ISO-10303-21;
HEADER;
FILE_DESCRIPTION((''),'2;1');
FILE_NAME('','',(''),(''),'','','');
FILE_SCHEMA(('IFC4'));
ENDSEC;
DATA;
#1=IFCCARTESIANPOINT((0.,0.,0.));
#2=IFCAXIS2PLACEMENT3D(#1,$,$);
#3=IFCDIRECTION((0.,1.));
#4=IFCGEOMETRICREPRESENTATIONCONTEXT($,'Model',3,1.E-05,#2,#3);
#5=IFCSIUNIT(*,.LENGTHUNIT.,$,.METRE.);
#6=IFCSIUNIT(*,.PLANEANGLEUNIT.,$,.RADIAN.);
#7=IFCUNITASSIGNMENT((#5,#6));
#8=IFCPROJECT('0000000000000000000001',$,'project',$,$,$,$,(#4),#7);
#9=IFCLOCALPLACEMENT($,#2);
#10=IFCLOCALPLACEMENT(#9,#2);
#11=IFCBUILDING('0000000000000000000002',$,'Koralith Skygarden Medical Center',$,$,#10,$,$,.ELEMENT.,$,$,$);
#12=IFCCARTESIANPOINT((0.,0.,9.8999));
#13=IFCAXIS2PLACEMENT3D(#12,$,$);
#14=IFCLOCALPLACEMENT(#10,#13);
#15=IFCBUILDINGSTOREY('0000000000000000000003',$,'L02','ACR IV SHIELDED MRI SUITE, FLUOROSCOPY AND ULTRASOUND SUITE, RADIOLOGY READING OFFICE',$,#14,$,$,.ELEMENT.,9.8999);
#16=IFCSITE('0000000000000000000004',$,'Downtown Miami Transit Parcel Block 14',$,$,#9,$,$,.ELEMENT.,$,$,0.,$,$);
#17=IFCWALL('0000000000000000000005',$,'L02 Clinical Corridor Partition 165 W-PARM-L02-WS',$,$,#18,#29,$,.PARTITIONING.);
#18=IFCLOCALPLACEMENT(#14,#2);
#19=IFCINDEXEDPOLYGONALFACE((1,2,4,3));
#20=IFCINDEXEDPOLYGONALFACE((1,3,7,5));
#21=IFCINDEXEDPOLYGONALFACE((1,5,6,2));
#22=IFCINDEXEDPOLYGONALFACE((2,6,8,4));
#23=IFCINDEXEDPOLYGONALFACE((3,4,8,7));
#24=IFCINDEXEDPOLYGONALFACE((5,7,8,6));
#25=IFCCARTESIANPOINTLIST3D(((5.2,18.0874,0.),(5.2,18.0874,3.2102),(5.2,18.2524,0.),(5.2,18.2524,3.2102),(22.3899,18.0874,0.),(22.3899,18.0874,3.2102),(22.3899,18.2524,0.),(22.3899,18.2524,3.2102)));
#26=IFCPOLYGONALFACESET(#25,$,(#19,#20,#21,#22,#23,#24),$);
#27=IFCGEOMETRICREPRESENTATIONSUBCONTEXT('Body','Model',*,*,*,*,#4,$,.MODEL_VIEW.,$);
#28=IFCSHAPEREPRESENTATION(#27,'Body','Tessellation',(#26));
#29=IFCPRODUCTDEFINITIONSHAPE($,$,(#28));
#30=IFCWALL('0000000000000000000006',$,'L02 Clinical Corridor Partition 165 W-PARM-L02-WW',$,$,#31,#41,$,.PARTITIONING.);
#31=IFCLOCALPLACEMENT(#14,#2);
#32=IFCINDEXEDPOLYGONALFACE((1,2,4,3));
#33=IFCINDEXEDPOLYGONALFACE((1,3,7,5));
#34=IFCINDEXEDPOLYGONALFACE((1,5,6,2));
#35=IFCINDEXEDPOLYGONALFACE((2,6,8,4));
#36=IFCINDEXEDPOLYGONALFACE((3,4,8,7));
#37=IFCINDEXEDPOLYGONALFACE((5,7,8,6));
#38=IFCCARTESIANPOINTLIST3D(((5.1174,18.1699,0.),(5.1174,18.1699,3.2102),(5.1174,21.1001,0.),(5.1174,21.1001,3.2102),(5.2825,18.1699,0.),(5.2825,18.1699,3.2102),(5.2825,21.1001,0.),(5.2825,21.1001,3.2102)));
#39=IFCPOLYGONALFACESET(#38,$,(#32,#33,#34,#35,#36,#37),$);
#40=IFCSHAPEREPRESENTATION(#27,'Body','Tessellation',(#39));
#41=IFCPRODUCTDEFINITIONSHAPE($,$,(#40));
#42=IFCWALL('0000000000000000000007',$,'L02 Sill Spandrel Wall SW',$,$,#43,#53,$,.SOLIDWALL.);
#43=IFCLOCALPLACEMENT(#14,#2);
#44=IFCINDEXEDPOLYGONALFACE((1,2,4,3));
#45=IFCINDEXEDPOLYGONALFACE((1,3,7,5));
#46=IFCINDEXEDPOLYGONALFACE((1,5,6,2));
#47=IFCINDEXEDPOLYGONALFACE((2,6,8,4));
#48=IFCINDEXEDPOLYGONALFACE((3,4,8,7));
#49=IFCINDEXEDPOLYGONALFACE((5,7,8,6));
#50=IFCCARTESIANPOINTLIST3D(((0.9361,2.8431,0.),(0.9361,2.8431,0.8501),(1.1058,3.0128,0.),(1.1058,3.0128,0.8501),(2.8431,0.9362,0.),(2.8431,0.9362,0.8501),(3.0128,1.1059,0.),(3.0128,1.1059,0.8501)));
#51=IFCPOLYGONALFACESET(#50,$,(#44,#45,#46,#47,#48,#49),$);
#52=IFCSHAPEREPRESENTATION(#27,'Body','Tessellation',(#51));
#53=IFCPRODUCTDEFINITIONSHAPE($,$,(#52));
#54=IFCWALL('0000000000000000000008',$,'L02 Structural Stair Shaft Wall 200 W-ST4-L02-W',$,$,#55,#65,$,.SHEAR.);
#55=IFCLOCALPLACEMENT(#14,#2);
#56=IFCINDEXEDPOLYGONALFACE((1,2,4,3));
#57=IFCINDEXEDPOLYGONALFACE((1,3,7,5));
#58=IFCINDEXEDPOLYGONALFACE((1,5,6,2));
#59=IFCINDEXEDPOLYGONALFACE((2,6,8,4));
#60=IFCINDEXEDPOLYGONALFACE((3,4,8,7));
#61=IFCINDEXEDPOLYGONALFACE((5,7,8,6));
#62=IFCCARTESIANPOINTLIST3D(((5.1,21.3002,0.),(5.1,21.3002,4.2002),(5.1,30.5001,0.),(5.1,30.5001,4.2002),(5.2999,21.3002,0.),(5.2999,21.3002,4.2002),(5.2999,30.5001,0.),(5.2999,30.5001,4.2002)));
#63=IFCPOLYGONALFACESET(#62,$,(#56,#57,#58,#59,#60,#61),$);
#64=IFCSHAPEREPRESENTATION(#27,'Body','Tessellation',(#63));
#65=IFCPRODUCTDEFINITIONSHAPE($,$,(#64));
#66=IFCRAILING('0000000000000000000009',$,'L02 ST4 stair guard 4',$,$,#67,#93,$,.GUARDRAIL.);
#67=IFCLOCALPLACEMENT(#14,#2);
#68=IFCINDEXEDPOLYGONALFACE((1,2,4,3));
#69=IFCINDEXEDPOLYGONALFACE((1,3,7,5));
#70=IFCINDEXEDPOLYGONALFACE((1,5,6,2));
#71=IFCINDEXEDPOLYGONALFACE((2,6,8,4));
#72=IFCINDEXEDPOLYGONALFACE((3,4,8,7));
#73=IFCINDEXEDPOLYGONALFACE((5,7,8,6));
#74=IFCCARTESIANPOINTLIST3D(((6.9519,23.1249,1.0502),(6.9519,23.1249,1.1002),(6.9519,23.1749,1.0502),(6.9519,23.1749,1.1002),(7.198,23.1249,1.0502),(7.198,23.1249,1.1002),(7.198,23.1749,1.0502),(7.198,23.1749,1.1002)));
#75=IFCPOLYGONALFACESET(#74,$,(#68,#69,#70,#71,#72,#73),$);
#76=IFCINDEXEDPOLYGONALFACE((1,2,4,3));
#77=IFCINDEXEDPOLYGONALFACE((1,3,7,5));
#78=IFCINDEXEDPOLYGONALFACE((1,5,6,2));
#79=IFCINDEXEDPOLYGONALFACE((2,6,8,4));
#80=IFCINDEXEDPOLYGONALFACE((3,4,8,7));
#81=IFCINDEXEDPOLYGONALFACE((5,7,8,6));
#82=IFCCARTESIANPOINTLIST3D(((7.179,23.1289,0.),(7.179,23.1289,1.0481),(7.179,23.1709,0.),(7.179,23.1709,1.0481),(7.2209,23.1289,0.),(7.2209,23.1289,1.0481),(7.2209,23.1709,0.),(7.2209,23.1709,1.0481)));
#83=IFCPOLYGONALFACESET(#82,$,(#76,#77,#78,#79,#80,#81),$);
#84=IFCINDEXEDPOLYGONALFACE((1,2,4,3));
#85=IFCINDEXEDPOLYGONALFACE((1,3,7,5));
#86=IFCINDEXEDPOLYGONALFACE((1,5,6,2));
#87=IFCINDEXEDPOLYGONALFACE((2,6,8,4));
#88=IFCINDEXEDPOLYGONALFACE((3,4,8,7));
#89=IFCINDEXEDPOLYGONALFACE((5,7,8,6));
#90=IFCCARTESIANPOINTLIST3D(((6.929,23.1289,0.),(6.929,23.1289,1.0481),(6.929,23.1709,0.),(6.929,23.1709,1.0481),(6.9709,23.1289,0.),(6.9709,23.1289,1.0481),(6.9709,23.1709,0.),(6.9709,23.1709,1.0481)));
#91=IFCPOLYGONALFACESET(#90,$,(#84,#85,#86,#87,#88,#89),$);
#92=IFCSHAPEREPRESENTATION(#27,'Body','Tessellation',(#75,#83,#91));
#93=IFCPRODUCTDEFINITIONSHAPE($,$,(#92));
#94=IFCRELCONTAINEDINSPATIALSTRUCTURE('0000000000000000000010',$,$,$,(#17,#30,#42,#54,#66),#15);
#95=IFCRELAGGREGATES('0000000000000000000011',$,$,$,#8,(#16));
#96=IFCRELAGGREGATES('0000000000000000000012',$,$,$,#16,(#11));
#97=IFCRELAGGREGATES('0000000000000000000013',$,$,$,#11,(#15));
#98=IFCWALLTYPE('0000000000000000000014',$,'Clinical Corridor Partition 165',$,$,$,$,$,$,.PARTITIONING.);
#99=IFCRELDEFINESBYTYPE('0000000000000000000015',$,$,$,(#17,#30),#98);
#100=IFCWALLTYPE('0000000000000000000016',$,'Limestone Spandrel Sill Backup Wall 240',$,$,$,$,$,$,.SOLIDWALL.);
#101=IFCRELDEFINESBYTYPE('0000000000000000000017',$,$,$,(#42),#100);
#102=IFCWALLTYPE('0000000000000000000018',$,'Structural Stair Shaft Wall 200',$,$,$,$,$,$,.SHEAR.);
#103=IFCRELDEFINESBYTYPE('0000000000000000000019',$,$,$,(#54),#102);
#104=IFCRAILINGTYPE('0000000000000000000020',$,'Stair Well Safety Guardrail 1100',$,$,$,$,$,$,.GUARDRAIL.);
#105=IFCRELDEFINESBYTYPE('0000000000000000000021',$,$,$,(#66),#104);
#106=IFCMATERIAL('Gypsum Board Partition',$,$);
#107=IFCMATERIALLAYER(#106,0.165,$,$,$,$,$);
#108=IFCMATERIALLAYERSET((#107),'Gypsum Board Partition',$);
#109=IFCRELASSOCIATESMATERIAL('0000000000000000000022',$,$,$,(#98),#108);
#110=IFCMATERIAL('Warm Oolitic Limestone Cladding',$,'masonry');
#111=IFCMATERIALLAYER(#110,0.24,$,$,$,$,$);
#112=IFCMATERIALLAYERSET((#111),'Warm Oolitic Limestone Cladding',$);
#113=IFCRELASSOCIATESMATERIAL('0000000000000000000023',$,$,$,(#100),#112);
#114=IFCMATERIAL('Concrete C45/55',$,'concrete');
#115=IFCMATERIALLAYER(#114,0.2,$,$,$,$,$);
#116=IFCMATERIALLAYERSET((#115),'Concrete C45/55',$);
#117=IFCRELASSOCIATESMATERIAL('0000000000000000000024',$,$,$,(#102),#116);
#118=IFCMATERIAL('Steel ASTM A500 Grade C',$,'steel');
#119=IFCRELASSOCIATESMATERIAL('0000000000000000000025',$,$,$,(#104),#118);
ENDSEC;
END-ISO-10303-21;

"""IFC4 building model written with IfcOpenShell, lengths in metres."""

from ifc_helpers import new_model, si_unit, direction, frame, frame_2d, origin, origin_2d, place, context, subcontext, project, spatial, rectangle, extrude, material, layer, layer_set, type_object, element, save


model = new_model("IFC4")

# Units and contexts
model_context = context("Model", 3, precision=1e-05, world=origin(), true_north=direction((0.0, 1.0)))
body_context = subcontext(model_context, "Body", "Model", "MODEL_VIEW")
ifc_project = project(units=[si_unit("LENGTHUNIT", "METRE"), si_unit("PLANEANGLEUNIT", "RADIAN")], contexts=[model_context])

# Site, building, storey
site_placement = place(None, origin())
site = spatial("IfcSite", under=ifc_project, at=site_placement, Name="Downtown Miami Transit Parcel Block 14", CompositionType="ELEMENT", RefElevation=0.0)
building_placement = place(site_placement, origin())
building = spatial("IfcBuilding", under=site, at=building_placement, Name="Koralith Skygarden Medical Center", CompositionType="ELEMENT")
storey_placement = place(building_placement, frame((0.0, 0.0, 9.8999)))
storey = spatial("IfcBuildingStorey", under=building, at=storey_placement, Name="L02", Description="ACR IV SHIELDED MRI SUITE, FLUOROSCOPY AND ULTRASOUND SUITE, RADIOLOGY READING OFFICE", CompositionType="ELEMENT", Elevation=9.8999)

# Shared definitions
ifc_material_1 = material(Name="Warm Oolitic Limestone Cladding", Category="masonry")

# Walls
ifc_material_2 = material(Name="Gypsum Board Partition")
ifc_layer_1 = layer(ifc_material_2, 0.165)
ifc_layer_set_1 = layer_set([ifc_layer_1], Name="Gypsum Board Partition")
wall_type_1 = type_object("IfcWallType", Name="Clinical Corridor Partition 165", PredefinedType="PARTITIONING", material=ifc_layer_set_1)
wall_1_placement = place(storey_placement, frame((5.2, 18.1699, 0.0), z_axis=(0.0, 0.0, 1.0), x_axis=(1.0, 0.0, 0.0)))
element("IfcWall", 1, at=wall_1_placement, inside=storey, type_object=wall_type_1, Name="L02 Clinical Corridor Partition 165 W-PARM-L02-WS", PredefinedType="PARTITIONING", context=body_context, shape_type="SweptSolid", body=[
    extrude(rectangle(XDim=17.1899, YDim=0.165, at=frame_2d((8.595, 0.0))), origin(), (0.0, 0.0, 1.0), 3.2102),
])
wall_2_placement = place(storey_placement, frame((5.2, 18.1699, 0.0), z_axis=(0.0, 0.0, 1.0), x_axis=(0.0, 1.0, 0.0)))
element("IfcWall", 2, at=wall_2_placement, inside=storey, type_object=wall_type_1, Name="L02 Clinical Corridor Partition 165 W-PARM-L02-WW", PredefinedType="PARTITIONING", context=body_context, shape_type="SweptSolid", body=[
    extrude(rectangle(XDim=2.9302, YDim=0.165, at=frame_2d((1.4651, 0.0))), origin(), (0.0, 0.0, 1.0), 3.2102),
])
ifc_layer_2 = layer(ifc_material_1, 0.24)
ifc_layer_set_2 = layer_set([ifc_layer_2], Name="Warm Oolitic Limestone Cladding")
wall_type_2 = type_object("IfcWallType", Name="Limestone Spandrel Sill Backup Wall 240", PredefinedType="SOLIDWALL", material=ifc_layer_set_2)
wall_3_placement = place(storey_placement, frame((1.021, 2.928, 0.0), z_axis=(0.0, 0.0, 1.0), x_axis=(0.707107, -0.707107, 0.0)))
element("IfcWall", 3, at=wall_3_placement, inside=storey, type_object=wall_type_2, Name="L02 Sill Spandrel Wall SW", PredefinedType="SOLIDWALL", context=body_context, shape_type="SweptSolid", body=[
    extrude(rectangle(XDim=2.6968, YDim=0.24, at=frame_2d((1.3484, 0.0))), origin(), (0.0, 0.0, 1.0), 0.8501),
])

# Shared definitions
ifc_material_3 = material(Name="Concrete C45/55", Category="concrete")
ifc_layer_3 = layer(ifc_material_3, 0.2)
ifc_layer_set_3 = layer_set([ifc_layer_3], Name="Concrete C45/55")
wall_type_3 = type_object("IfcWallType", Name="Structural Stair Shaft Wall 200", PredefinedType="SHEAR", material=ifc_layer_set_3)
ifc_material_4 = material(Name="Steel ASTM A500 Grade C", Category="steel")

# Wall
wall_4_placement = place(storey_placement, frame((5.2, 21.3, 0.0), z_axis=(0.0, 0.0, 1.0), x_axis=(0.0, 1.0, 0.0)))
element("IfcWall", 4, at=wall_4_placement, inside=storey, type_object=wall_type_3, Name="L02 Structural Stair Shaft Wall 200 W-ST4-L02-W", PredefinedType="SHEAR", context=body_context, shape_type="SweptSolid", body=[
    extrude(rectangle(XDim=9.2, YDim=0.2, at=frame_2d((4.6001, 0.0))), origin(), (0.0, 0.0, 1.0), 4.2002),
])

# Railing
railing_type = type_object("IfcRailingType", Name="Stair Well Safety Guardrail 1100", PredefinedType="GUARDRAIL", material=ifc_material_4)
railing_placement = place(storey_placement, frame((7.2, 23.1499, 0.0)))
element("IfcRailing", 5, at=railing_placement, inside=storey, type_object=railing_type, Name="L02 ST4 stair guard 4", PredefinedType="GUARDRAIL", context=body_context, shape_type="SweptSolid", body=[
    extrude(rectangle(XDim=0.05, YDim=0.05, at=origin_2d()), frame((-0.002, 0.0, 1.0752), z_axis=(-1.0, 0.0, 0.0), x_axis=(0.0, -1.0, 0.0)), (0.0, 0.0, 1.0), 0.2461),
    extrude(rectangle(XDim=0.042, YDim=0.042, at=origin_2d()), origin(), (0.0, 0.0, 1.0), 1.0481),
    extrude(rectangle(XDim=0.042, YDim=0.042, at=origin_2d()), frame((-0.25, 0.0, 0.0)), (0.0, 0.0, 1.0), 1.0481),
])

save(model, "model.ifc")
